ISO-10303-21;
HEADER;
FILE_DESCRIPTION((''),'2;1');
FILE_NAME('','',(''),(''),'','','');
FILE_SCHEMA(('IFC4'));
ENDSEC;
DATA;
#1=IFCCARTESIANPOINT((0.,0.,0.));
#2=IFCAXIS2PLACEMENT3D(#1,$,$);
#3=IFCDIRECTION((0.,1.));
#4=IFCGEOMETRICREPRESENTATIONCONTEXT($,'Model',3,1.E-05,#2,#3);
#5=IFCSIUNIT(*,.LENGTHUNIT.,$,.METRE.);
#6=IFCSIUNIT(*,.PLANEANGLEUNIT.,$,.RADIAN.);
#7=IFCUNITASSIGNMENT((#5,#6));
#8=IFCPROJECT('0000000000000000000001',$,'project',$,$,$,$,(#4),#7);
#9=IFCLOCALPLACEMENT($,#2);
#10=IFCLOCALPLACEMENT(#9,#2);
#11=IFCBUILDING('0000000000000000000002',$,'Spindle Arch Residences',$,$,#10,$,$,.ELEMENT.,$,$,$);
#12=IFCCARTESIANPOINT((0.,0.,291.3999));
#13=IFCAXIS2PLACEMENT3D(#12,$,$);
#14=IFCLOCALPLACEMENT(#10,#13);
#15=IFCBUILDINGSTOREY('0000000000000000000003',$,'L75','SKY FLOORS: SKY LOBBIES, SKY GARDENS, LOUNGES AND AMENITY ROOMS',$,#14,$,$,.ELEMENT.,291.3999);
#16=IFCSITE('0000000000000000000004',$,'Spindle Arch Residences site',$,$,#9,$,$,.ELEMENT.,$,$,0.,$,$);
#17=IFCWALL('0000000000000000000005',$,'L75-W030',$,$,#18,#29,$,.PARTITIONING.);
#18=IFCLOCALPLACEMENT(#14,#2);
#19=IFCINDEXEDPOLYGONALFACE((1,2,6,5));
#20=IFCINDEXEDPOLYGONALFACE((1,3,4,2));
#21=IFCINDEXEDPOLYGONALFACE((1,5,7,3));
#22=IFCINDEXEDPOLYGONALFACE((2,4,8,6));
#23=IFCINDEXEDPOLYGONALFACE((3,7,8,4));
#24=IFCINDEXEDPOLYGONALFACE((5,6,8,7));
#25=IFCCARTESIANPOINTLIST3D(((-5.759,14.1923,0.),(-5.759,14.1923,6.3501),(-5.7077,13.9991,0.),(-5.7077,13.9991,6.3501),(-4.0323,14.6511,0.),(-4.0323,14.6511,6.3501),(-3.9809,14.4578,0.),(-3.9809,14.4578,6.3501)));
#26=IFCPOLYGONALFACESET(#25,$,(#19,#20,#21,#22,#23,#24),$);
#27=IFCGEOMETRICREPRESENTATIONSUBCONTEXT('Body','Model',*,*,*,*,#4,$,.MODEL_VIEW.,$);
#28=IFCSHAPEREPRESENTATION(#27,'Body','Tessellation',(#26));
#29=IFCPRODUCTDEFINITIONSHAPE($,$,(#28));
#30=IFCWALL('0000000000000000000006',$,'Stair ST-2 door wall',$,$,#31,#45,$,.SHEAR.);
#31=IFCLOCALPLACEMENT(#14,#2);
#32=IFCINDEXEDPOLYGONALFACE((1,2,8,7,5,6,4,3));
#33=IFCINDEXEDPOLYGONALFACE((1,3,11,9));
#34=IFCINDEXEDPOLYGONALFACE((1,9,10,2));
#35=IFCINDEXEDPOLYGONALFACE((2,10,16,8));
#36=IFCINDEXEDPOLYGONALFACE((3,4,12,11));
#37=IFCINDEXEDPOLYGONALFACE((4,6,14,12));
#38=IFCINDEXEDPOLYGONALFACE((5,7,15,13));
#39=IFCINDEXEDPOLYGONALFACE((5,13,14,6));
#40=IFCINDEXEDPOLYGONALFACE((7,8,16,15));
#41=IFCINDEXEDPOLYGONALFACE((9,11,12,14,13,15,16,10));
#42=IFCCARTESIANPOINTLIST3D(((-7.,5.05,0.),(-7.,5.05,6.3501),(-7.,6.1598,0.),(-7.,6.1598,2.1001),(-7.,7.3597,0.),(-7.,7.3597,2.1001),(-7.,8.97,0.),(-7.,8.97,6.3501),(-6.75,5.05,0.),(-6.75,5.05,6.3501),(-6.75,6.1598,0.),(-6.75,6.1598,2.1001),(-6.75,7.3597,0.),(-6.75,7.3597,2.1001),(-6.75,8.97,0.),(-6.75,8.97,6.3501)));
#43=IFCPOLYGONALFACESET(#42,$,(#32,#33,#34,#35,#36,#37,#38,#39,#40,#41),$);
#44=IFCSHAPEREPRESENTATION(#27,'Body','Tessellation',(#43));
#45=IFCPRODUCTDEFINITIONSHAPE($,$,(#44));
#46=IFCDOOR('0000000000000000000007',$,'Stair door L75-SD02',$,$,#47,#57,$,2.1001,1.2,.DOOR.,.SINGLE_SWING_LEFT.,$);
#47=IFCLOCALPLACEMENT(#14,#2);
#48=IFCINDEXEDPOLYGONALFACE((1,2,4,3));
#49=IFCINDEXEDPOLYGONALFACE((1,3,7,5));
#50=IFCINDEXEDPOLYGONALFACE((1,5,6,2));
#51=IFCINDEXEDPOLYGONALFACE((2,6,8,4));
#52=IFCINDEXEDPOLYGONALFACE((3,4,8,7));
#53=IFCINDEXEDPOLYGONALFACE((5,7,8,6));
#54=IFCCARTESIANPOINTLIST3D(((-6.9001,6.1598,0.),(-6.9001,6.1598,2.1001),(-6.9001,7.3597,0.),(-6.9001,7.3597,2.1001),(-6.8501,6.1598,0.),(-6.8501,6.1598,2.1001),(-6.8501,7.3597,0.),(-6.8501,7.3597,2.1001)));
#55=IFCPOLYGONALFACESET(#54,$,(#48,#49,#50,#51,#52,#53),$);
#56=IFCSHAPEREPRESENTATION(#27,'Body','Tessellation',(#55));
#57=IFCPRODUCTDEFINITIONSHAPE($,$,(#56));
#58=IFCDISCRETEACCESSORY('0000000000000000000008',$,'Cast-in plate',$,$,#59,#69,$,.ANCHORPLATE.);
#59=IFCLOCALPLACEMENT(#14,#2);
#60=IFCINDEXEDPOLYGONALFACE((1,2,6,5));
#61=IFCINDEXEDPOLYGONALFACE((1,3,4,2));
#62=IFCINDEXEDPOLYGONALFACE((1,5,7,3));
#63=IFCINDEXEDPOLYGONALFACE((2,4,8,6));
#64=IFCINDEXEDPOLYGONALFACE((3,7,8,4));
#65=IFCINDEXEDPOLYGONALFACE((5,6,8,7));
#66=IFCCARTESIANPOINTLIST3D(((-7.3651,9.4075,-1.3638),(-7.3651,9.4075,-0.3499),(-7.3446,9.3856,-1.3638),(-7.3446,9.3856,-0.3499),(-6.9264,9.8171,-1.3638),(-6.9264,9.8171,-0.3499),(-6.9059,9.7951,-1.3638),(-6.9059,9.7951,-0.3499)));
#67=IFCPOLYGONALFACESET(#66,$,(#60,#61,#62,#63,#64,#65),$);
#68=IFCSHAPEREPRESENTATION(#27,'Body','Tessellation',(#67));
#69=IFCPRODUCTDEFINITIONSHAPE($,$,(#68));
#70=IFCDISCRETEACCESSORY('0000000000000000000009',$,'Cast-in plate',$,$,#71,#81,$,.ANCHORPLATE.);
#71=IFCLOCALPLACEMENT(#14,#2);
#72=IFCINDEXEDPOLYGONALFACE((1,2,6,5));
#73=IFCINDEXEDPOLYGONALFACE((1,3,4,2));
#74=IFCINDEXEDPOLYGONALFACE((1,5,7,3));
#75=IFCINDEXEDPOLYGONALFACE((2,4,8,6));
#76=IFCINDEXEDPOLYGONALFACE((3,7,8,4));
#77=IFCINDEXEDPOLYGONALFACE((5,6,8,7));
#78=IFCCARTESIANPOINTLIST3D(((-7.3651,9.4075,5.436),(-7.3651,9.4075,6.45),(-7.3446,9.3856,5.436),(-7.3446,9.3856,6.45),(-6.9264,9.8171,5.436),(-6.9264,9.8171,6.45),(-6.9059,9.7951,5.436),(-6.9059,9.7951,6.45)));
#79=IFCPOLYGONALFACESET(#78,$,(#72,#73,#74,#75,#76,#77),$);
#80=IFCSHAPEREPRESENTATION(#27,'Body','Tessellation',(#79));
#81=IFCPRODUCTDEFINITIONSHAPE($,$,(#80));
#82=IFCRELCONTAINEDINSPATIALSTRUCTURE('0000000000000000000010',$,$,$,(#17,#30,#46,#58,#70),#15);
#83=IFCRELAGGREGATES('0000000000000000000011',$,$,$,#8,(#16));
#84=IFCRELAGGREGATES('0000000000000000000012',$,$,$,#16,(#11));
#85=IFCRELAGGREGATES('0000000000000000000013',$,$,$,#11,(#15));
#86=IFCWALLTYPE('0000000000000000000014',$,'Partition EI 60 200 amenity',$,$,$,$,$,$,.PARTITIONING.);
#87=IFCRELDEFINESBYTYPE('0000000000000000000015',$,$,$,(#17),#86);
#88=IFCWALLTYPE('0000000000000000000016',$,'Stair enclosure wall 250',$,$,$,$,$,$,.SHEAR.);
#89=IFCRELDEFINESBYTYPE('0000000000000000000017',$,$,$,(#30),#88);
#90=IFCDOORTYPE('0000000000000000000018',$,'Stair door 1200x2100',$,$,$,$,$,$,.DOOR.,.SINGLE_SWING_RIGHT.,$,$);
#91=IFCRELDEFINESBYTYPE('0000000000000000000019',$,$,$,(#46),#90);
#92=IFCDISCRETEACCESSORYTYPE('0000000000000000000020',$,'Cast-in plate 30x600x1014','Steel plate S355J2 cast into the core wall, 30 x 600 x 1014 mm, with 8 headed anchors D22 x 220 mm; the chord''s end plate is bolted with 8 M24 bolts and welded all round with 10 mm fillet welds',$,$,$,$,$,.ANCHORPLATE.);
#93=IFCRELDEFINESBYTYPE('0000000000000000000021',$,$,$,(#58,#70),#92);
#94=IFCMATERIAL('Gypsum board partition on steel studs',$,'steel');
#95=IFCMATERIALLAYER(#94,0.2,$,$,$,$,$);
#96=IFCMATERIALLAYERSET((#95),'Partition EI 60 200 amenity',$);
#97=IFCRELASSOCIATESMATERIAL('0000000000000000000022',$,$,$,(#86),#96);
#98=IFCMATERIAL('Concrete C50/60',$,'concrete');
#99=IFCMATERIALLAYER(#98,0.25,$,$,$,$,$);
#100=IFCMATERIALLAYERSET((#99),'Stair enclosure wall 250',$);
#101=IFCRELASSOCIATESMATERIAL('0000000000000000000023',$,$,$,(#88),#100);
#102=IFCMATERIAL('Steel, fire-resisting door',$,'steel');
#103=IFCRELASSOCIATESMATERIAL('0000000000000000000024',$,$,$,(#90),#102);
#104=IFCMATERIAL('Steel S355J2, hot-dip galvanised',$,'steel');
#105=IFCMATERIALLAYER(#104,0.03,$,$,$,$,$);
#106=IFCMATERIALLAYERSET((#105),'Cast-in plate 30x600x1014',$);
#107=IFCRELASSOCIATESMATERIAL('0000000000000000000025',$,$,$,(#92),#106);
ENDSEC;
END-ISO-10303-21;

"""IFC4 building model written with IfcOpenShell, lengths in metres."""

from ifc_helpers import new_model, si_unit, direction, frame, frame_2d, origin, origin_2d, place, context, subcontext, project, spatial, rectangle, extrude, material, layer, layer_set, type_object, element, fill, save


model = new_model("IFC4")

# Units and contexts
model_context = context("Model", 3, precision=1e-05, world=origin(), true_north=direction((0.0, 1.0)))
body_context = subcontext(model_context, "Body", "Model", "MODEL_VIEW")
ifc_project = project(units=[si_unit("LENGTHUNIT", "METRE"), si_unit("PLANEANGLEUNIT", "RADIAN")], contexts=[model_context])

# Site, building, storey
site_placement = place(None, origin())
site = spatial("IfcSite", under=ifc_project, at=site_placement, Name="Spindle Arch Residences site", CompositionType="ELEMENT", RefElevation=0.0)
building_placement = place(site_placement, origin())
building = spatial("IfcBuilding", under=site, at=building_placement, Name="Spindle Arch Residences", CompositionType="ELEMENT")
storey_placement = place(building_placement, frame((0.0, 0.0, 291.3999)))
storey = spatial("IfcBuildingStorey", under=building, at=storey_placement, Name="L75", Description="SKY FLOORS: SKY LOBBIES, SKY GARDENS, LOUNGES AND AMENITY ROOMS", CompositionType="ELEMENT", Elevation=291.3999)

# Shared definitions
ifc_material_1 = material(Name="Gypsum board partition on steel studs", Category="steel")
ifc_layer_1 = layer(ifc_material_1, 0.2)
ifc_layer_set_1 = layer_set([ifc_layer_1], Name="Partition EI 60 200 amenity")
wall_type_1 = type_object("IfcWallType", Name="Partition EI 60 200 amenity", PredefinedType="PARTITIONING", material=ifc_layer_set_1)

# Wall
wall_1_placement = place(storey_placement, frame((-4.0066, 14.5544, 0.0), z_axis=(0.0, 0.0, 1.0), x_axis=(-0.966477, -0.256753, 0.0)))
element("IfcWall", 1, at=wall_1_placement, inside=storey, type_object=wall_type_1, Name="L75-W030", PredefinedType="PARTITIONING", context=body_context, shape_type="SweptSolid", body=[
    extrude(rectangle(XDim=1.7866, YDim=0.2, at=frame_2d((0.8933, 0.0))), origin(), (0.0, 0.0, 1.0), 6.3501),
])

# Wall, opening, door
ifc_material_2 = material(Name="Concrete C50/60", Category="concrete")
ifc_layer_2 = layer(ifc_material_2, 0.25)
ifc_layer_set_2 = layer_set([ifc_layer_2], Name="Stair enclosure wall 250")
wall_type_2 = type_object("IfcWallType", Name="Stair enclosure wall 250", PredefinedType="SHEAR", material=ifc_layer_set_2)
wall_2_placement = place(storey_placement, frame((-6.875, 8.97, 0.0), z_axis=(0.0, 0.0, 1.0), x_axis=(0.0, -1.0, 0.0)))
wall_2 = element("IfcWall", 2, at=wall_2_placement, inside=storey, type_object=wall_type_2, Name="Stair ST-2 door wall", PredefinedType="SHEAR", context=body_context, shape_type="SweptSolid", body=[
    extrude(rectangle(XDim=3.9199, YDim=0.25, at=frame_2d((1.96, 0.0))), origin(), (0.0, 0.0, 1.0), 6.3501),
])
opening_1_placement = place(wall_2_placement, frame((1.6101, 0.0, 0.0)))
opening_1 = element("IfcOpeningElement", 3, at=opening_1_placement, cuts=wall_2, PredefinedType="OPENING", context=body_context, shape_type="SweptSolid", body=[
    extrude(rectangle(XDim=1.2, YDim=2.1001, at=frame_2d((0.6001, 1.05))), frame((0.0, 0.135, 0.0), z_axis=(0.0, -1.0, 0.0), x_axis=(1.0, 0.0, 0.0)), (0.0, 0.0, 1.0), 0.27),
])
ifc_material_3 = material(Name="Steel, fire-resisting door", Category="steel")
door_type_1 = type_object("IfcDoorType", Name="Stair door 1200x2100", OperationType="SINGLE_SWING_RIGHT", PredefinedType="DOOR", material=ifc_material_3)
door_1_placement = place(opening_1_placement, origin())
door_1 = element("IfcDoor", 4, at=door_1_placement, inside=storey, type_object=door_type_1, Name="Stair door L75-SD02", OperationType="SINGLE_SWING_LEFT", OverallHeight=2.1001, OverallWidth=1.2, PredefinedType="DOOR", context=body_context, shape_type="SweptSolid", body=[
    extrude(rectangle(XDim=1.2, YDim=2.1001, at=frame_2d((0.6001, 1.05))), frame((0.0, 0.0249, 0.0), z_axis=(0.0, -1.0, 0.0), x_axis=(1.0, 0.0, 0.0)), (0.0, 0.0, 1.0), 0.05),
])
fill(opening_1, door_1)

# Discrete accessories
ifc_material_4 = material(Name="Steel S355J2, hot-dip galvanised", Category="steel")
ifc_layer_3 = layer(ifc_material_4, 0.03)
ifc_layer_set_3 = layer_set([ifc_layer_3], Name="Cast-in plate 30x600x1014")
discrete_accessory_type = type_object("IfcDiscreteAccessoryType", Name="Cast-in plate 30x600x1014", Description="Steel plate S355J2 cast into the core wall, 30 x 600 x 1014 mm, with 8 headed anchors D22 x 220 mm; the chord's end plate is bolted with 8 M24 bolts and welded all round with 10 mm fillet welds", PredefinedType="ANCHORPLATE", material=ifc_layer_set_3)
for number, where, z_axis, x_axis, name in (
    (5, (-7.1355, 9.6013, -1.3638), (0.0, 0.0, 1.0), (-0.682483, 0.730901, 0.0), "Cast-in plate"),
    (6, (-7.1355, 9.6013, 5.436), (0.0, 0.0, 1.0), (-0.682483, 0.730901, 0.0), "Cast-in plate"),
):
    element("IfcDiscreteAccessory", number, at=place(storey_placement, frame(where, z_axis=z_axis, x_axis=x_axis)), inside=storey, type_object=discrete_accessory_type, Name=name, PredefinedType="ANCHORPLATE", context=body_context, shape_type="SweptSolid", body=[
        extrude(rectangle(XDim=0.03, YDim=0.6001, at=origin_2d()), origin(), (0.0, 0.0, 1.0), 1.0139),
    ])

save(model, "model.ifc")
